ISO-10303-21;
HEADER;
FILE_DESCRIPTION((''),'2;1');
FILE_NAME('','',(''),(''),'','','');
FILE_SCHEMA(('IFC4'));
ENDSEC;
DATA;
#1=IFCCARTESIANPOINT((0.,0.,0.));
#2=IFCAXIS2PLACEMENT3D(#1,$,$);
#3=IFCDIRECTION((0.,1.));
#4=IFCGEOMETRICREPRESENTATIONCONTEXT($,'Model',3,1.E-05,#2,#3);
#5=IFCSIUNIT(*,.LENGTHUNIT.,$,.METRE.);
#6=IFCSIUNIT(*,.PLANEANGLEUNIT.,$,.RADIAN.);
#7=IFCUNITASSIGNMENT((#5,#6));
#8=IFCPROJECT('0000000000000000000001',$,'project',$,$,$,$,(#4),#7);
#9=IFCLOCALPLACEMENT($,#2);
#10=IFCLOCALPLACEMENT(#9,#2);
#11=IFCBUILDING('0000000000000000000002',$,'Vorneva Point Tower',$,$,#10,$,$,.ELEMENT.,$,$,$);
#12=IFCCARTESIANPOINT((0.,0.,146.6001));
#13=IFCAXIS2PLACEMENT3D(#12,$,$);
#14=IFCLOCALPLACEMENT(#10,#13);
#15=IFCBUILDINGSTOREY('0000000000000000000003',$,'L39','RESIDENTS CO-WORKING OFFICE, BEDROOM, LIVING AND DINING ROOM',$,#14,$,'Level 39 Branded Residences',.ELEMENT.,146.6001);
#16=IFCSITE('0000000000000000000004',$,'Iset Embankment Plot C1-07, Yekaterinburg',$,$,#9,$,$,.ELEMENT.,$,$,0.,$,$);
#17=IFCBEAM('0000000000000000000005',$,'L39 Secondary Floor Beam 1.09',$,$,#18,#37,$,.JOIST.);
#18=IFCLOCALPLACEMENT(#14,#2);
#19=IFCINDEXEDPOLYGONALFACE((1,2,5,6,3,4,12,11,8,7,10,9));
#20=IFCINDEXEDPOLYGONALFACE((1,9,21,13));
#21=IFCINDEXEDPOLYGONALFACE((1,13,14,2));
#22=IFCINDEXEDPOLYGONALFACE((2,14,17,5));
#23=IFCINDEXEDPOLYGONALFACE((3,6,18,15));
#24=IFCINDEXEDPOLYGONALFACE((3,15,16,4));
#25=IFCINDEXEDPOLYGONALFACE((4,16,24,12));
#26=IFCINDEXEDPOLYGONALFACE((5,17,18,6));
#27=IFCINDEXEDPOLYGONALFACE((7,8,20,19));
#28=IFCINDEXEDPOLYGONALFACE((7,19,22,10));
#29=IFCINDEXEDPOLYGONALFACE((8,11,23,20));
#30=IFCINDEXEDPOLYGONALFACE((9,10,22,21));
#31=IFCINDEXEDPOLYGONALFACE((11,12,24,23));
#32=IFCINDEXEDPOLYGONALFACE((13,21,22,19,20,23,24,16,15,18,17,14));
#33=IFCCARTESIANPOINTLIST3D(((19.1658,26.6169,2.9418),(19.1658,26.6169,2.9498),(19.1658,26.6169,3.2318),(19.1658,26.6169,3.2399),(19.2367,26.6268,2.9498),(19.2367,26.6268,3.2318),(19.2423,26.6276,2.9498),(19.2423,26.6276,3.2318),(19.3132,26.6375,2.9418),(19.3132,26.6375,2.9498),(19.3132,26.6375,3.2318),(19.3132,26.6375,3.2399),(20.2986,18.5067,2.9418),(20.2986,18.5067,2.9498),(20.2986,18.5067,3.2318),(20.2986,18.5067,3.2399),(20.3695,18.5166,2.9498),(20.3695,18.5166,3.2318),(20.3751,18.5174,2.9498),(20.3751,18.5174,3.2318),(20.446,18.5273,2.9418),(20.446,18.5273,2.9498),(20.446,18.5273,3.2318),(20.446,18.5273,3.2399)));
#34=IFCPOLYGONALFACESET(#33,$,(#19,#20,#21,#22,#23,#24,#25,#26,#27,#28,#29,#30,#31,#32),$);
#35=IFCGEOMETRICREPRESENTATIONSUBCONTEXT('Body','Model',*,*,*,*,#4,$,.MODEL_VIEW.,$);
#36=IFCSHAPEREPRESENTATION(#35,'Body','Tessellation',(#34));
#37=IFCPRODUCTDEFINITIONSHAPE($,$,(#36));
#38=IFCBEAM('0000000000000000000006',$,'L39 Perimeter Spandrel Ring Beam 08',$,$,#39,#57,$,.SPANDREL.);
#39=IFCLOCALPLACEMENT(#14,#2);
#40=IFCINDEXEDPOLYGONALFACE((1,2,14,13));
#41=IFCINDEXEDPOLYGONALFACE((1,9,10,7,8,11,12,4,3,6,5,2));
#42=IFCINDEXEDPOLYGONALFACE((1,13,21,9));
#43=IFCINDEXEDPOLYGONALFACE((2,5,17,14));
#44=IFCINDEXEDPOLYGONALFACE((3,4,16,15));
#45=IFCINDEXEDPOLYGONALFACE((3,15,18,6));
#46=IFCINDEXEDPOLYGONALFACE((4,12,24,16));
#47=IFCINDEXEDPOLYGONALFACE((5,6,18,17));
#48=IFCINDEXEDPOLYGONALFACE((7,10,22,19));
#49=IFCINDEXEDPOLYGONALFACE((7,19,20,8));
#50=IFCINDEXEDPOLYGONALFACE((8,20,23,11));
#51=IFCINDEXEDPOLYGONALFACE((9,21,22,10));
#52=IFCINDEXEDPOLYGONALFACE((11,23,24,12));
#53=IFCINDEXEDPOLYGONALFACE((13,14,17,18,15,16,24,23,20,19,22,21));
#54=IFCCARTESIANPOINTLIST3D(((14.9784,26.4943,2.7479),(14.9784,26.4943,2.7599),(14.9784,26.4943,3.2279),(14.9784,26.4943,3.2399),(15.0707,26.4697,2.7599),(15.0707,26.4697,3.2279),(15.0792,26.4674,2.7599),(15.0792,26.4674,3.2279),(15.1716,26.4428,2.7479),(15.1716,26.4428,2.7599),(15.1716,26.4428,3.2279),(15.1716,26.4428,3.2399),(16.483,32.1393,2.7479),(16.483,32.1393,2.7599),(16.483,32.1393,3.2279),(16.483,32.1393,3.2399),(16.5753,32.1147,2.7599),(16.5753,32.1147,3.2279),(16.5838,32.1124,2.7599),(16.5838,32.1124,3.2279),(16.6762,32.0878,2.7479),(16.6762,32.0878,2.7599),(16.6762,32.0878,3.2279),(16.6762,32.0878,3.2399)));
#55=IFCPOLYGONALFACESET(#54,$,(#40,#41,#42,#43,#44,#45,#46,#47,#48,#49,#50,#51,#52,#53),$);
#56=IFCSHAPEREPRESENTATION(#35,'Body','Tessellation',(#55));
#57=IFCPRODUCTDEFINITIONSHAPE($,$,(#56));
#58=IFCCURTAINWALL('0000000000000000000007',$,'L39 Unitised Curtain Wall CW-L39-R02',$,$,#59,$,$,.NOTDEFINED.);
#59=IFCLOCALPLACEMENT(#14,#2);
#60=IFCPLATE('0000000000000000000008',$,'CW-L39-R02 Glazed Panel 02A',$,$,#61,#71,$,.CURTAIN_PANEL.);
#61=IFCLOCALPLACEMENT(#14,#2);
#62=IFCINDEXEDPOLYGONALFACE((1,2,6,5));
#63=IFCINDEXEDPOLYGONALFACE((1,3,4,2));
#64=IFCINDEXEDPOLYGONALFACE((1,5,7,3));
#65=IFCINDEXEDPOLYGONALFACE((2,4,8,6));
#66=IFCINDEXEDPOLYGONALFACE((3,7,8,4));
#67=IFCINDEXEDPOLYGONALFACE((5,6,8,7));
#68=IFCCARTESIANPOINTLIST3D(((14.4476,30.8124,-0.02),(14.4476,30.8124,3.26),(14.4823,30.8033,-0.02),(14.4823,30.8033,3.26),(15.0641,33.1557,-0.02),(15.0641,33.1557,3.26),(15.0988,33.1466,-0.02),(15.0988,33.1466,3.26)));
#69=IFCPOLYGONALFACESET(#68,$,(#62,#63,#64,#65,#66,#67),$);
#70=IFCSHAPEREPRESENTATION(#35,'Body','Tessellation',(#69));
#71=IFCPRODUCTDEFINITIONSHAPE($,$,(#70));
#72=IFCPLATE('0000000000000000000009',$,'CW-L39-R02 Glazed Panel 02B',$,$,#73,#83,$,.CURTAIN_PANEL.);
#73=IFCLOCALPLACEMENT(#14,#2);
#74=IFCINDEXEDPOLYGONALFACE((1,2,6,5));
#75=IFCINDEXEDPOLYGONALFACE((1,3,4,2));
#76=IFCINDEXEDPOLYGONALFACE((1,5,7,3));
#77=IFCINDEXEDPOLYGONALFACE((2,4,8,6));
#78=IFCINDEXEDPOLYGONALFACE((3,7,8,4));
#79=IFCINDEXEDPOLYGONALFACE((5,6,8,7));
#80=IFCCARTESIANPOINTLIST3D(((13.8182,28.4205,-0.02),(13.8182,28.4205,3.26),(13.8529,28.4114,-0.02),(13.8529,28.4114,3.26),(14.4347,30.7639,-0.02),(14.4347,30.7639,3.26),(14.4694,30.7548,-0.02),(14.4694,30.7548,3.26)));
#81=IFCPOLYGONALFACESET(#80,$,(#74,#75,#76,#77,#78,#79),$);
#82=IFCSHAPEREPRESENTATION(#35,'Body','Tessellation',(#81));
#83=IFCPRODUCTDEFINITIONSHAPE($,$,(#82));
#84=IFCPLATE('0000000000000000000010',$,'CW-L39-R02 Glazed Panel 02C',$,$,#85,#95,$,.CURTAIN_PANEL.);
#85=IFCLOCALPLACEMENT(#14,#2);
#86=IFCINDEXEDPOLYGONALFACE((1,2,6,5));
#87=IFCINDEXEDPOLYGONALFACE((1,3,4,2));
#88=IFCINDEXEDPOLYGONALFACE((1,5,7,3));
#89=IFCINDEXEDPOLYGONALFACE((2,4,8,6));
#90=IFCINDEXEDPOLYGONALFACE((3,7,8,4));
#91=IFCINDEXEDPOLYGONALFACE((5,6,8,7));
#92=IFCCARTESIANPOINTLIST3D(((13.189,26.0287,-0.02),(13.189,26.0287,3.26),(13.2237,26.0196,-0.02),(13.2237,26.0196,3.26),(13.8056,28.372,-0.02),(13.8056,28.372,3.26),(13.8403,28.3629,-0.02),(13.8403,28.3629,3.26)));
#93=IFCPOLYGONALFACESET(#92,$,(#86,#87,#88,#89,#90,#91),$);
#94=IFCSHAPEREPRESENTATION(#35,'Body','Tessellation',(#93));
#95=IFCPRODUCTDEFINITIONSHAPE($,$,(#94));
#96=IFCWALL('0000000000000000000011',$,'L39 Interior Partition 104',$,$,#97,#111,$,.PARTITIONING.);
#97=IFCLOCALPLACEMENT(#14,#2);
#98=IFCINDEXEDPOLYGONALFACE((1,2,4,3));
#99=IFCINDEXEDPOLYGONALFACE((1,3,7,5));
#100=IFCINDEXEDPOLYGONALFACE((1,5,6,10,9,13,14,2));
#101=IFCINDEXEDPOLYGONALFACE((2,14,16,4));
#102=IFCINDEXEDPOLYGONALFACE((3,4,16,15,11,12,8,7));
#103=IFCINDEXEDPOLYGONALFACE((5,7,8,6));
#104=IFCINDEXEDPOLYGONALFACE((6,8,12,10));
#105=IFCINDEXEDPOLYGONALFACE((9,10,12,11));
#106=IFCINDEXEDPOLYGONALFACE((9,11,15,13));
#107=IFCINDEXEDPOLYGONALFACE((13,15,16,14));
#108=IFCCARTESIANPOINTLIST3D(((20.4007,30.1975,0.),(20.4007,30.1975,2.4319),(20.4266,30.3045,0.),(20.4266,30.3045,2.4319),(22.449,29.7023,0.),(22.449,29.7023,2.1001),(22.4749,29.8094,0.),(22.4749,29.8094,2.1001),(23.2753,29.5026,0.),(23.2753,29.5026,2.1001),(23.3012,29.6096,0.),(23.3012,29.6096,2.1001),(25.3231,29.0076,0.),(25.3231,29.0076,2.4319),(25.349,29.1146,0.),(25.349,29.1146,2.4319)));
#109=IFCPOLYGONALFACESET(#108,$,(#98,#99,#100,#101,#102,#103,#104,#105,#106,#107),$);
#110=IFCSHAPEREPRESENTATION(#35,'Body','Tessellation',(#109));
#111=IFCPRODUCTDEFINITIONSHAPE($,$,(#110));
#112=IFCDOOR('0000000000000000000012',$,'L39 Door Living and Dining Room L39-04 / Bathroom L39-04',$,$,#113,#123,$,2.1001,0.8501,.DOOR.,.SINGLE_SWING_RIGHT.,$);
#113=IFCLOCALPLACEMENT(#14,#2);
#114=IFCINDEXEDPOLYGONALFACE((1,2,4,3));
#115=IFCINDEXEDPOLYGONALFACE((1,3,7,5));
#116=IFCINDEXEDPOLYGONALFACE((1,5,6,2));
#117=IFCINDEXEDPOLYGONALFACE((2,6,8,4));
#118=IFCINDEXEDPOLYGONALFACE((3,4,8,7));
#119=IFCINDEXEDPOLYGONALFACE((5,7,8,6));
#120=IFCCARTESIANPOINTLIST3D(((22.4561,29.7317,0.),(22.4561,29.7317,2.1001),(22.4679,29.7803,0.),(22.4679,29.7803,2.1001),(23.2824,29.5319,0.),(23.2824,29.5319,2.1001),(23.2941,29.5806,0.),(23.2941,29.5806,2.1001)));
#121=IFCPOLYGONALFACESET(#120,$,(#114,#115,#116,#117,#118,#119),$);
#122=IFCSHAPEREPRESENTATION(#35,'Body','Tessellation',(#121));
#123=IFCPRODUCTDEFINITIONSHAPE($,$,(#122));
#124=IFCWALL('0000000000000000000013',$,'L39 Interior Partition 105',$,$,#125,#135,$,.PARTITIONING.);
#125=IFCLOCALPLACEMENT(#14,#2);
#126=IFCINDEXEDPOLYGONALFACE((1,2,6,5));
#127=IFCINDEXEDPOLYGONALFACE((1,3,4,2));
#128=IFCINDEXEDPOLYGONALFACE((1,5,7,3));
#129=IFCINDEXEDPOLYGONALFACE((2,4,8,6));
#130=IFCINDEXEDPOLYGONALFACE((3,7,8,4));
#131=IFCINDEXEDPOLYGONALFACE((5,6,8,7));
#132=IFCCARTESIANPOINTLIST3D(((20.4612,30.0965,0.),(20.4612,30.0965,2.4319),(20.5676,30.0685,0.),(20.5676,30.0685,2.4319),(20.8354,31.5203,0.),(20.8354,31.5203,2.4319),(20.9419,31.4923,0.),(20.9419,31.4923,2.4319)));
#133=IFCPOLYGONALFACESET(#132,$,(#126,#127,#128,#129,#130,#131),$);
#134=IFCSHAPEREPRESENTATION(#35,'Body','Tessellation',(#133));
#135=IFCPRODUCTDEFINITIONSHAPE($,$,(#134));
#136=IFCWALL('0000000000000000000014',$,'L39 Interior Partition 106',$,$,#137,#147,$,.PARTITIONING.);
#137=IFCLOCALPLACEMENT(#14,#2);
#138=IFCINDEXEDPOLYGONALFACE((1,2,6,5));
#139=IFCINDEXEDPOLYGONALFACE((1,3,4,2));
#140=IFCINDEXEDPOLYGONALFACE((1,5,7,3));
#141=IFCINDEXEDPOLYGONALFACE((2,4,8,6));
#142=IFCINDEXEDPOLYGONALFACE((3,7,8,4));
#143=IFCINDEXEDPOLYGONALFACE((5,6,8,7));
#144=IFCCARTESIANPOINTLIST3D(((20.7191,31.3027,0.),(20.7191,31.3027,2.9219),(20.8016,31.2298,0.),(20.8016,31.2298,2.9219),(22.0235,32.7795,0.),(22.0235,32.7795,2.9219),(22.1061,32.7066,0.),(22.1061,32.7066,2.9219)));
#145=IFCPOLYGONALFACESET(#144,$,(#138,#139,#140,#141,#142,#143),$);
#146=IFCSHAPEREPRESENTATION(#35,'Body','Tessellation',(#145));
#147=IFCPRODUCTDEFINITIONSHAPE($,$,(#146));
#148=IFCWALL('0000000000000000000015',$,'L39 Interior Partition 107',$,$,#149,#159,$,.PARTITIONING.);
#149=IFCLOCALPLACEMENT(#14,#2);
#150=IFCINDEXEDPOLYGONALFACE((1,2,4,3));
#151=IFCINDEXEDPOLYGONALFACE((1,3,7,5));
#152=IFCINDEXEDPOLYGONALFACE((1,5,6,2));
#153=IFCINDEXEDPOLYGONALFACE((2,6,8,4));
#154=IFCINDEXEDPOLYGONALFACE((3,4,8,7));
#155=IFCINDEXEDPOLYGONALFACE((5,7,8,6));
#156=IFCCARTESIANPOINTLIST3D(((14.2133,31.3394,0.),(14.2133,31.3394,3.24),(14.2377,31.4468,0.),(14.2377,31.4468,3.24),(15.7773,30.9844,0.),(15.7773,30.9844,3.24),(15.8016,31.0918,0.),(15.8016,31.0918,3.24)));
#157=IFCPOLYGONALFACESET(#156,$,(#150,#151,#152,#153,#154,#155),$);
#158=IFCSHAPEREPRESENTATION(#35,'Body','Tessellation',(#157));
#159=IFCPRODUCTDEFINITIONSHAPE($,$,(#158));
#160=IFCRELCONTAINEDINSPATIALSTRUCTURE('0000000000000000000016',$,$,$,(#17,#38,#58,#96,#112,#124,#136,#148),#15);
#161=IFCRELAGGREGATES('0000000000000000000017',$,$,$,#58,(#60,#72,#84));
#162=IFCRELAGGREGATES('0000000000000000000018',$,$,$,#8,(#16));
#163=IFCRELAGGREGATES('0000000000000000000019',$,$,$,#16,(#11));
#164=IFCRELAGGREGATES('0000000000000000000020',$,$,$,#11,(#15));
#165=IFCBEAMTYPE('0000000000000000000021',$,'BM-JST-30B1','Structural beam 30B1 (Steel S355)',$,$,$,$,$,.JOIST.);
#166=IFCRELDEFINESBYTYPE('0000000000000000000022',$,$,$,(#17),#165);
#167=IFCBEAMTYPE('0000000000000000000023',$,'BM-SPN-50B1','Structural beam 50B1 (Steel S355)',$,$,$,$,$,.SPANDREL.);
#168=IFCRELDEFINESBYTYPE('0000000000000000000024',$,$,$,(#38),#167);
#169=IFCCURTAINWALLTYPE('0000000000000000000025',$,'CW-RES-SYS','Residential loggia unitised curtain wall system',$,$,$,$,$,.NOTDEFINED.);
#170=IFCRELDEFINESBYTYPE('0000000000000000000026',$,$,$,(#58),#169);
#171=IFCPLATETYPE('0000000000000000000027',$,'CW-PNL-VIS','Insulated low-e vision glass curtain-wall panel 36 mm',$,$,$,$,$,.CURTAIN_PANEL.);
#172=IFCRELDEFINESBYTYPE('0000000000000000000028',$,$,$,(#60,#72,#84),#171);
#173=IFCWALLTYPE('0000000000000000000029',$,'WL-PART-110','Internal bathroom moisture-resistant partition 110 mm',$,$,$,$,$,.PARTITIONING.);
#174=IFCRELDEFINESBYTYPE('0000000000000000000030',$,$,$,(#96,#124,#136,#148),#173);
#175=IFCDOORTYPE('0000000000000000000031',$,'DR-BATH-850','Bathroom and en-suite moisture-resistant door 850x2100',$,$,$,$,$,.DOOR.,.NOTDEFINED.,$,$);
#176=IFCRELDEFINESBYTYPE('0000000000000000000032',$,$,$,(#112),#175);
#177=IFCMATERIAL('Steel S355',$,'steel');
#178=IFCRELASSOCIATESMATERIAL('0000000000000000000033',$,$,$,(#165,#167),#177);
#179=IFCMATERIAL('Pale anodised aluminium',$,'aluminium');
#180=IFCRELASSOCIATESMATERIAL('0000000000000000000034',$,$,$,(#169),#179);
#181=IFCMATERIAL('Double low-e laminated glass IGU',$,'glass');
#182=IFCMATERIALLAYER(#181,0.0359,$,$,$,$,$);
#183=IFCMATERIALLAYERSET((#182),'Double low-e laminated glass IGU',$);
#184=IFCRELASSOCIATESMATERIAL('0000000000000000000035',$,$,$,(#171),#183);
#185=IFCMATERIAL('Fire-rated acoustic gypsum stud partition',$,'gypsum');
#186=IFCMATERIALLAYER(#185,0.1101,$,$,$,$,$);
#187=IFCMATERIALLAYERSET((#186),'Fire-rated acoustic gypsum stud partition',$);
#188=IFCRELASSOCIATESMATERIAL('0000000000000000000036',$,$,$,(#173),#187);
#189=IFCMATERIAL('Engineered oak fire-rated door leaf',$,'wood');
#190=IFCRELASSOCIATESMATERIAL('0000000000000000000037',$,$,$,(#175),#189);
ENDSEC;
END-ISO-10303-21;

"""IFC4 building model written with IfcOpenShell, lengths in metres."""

from ifc_helpers import new_model, si_unit, direction, frame, frame_2d, origin, origin_2d, place, context, subcontext, project, spatial, rectangle, i_section, extrude, material, layer, layer_set, material_profile, profile_set, type_object, element, fill, aggregate, save


model = new_model("IFC4")

# Units and contexts
model_context = context("Model", 3, precision=1e-05, world=origin(), true_north=direction((0.0, 1.0)))
body_context = subcontext(model_context, "Body", "Model", "MODEL_VIEW")
ifc_project = project(units=[si_unit("LENGTHUNIT", "METRE"), si_unit("PLANEANGLEUNIT", "RADIAN")], contexts=[model_context])

# Site, building, storey
site_placement = place(None, origin())
site = spatial("IfcSite", under=ifc_project, at=site_placement, Name="Iset Embankment Plot C1-07, Yekaterinburg", CompositionType="ELEMENT", RefElevation=0.0)
building_placement = place(site_placement, origin())
building = spatial("IfcBuilding", under=site, at=building_placement, Name="Vorneva Point Tower", CompositionType="ELEMENT")
storey_placement = place(building_placement, frame((0.0, 0.0, 146.6001)))
storey = spatial("IfcBuildingStorey", under=building, at=storey_placement, Name="L39", Description="RESIDENTS CO-WORKING OFFICE, BEDROOM, LIVING AND DINING ROOM", LongName="Level 39 Branded Residences", CompositionType="ELEMENT", Elevation=146.6001)

# Beams
ifc_material_1 = material(Name="Steel S355", Category="steel")
ifc_material_profile_1 = material_profile(ifc_material_1, i_section(OverallWidth=0.1489, OverallDepth=0.2981, WebThickness=0.0056, FlangeThickness=0.0081, at=origin_2d()), Name="30B1")
ifc_profile_set_1 = profile_set([ifc_material_profile_1], Name="Steel S355")
beam_type_1 = type_object("IfcBeamType", Name="BM-JST-30B1", Description="Structural beam 30B1 (Steel S355)", PredefinedType="JOIST", material=ifc_profile_set_1)
beam_1_placement = place(storey_placement, frame((19.2395, 26.6272, 3.0908), z_axis=(0.138332, -0.990386, 0.0), x_axis=(0.990386, 0.138332, 0.0)))
element("IfcBeam", 1, at=beam_1_placement, inside=storey, type_object=beam_type_1, Name="L39 Secondary Floor Beam 1.09", PredefinedType="JOIST", context=body_context, shape_type="SweptSolid", body=[
    extrude(i_section(OverallWidth=0.1489, OverallDepth=0.2981, WebThickness=0.0056, FlangeThickness=0.0081, at=origin_2d()), origin(), (0.0, 0.0, 1.0), 8.189),
])
ifc_material_profile_2 = material_profile(ifc_material_1, i_section(OverallWidth=0.2, OverallDepth=0.4919, WebThickness=0.0088, FlangeThickness=0.012, at=origin_2d()), Name="50B1")
ifc_profile_set_2 = profile_set([ifc_material_profile_2], Name="Steel S355")
beam_type_2 = type_object("IfcBeamType", Name="BM-SPN-50B1", Description="Structural beam 50B1 (Steel S355)", PredefinedType="SPANDREL", material=ifc_profile_set_2)
beam_2_placement = place(storey_placement, frame((16.5796, 32.1135, 2.9939), z_axis=(-0.257551, -0.966265, 0.0), x_axis=(0.966265, -0.257551, 0.0)))
element("IfcBeam", 2, at=beam_2_placement, inside=storey, type_object=beam_type_2, Name="L39 Perimeter Spandrel Ring Beam 08", PredefinedType="SPANDREL", context=body_context, shape_type="SweptSolid", body=[
    extrude(i_section(OverallWidth=0.2, OverallDepth=0.4919, WebThickness=0.0088, FlangeThickness=0.012, at=origin_2d()), origin(), (0.0, 0.0, 1.0), 5.842),
])

# Curtain wall, plates
ifc_material_2 = material(Name="Pale anodised aluminium", Category="aluminium")
curtain_wall_type = type_object("IfcCurtainWallType", Name="CW-RES-SYS", Description="Residential loggia unitised curtain wall system", PredefinedType="NOTDEFINED", material=ifc_material_2)
curtain_wall_placement = place(storey_placement, origin())
curtain_wall = element("IfcCurtainWall", 3, at=curtain_wall_placement, inside=storey, type_object=curtain_wall_type, Name="L39 Unitised Curtain Wall CW-L39-R02", PredefinedType="NOTDEFINED")
ifc_material_3 = material(Name="Double low-e laminated glass IGU", Category="glass")
ifc_layer_1 = layer(ifc_material_3, 0.0359)
ifc_layer_set_1 = layer_set([ifc_layer_1], Name="Double low-e laminated glass IGU")
plate_type = type_object("IfcPlateType", Name="CW-PNL-VIS", Description="Insulated low-e vision glass curtain-wall panel 36 mm", PredefinedType="CURTAIN_PANEL", material=ifc_layer_set_1)
plate_1_placement = place(storey_placement, frame((14.7732, 31.9795, -0.02), z_axis=(0.0, 0.0, 1.0), x_axis=(-0.254433, -0.96709, 0.0)))
plate_1 = element("IfcPlate", 4, at=plate_1_placement, type_object=plate_type, Name="CW-L39-R02 Glazed Panel 02A", PredefinedType="CURTAIN_PANEL", context=body_context, shape_type="SweptSolid", body=[
    extrude(rectangle(XDim=2.4231, YDim=0.0359, at=origin_2d()), origin(), (0.0, 0.0, 1.0), 3.28),
])
plate_2_placement = place(storey_placement, frame((14.1438, 29.5876, -0.02), z_axis=(0.0, 0.0, 1.0), x_axis=(-0.254433, -0.96709, 0.0)))
plate_2 = element("IfcPlate", 5, at=plate_2_placement, type_object=plate_type, Name="CW-L39-R02 Glazed Panel 02B", PredefinedType="CURTAIN_PANEL", context=body_context, shape_type="SweptSolid", body=[
    extrude(rectangle(XDim=2.4231, YDim=0.0359, at=origin_2d()), origin(), (0.0, 0.0, 1.0), 3.28),
])
plate_3_placement = place(storey_placement, frame((13.5146, 27.1958, -0.02), z_axis=(0.0, 0.0, 1.0), x_axis=(-0.254433, -0.96709, 0.0)))
plate_3 = element("IfcPlate", 6, at=plate_3_placement, type_object=plate_type, Name="CW-L39-R02 Glazed Panel 02C", PredefinedType="CURTAIN_PANEL", context=body_context, shape_type="SweptSolid", body=[
    extrude(rectangle(XDim=2.4231, YDim=0.0359, at=origin_2d()), origin(), (0.0, 0.0, 1.0), 3.28),
])
aggregate(curtain_wall, [plate_1, plate_2, plate_3])

# Wall, opening, door
ifc_material_4 = material(Name="Fire-rated acoustic gypsum stud partition", Category="gypsum")
ifc_layer_2 = layer(ifc_material_4, 0.1101)
ifc_layer_set_2 = layer_set([ifc_layer_2], Name="Fire-rated acoustic gypsum stud partition")
wall_type_1 = type_object("IfcWallType", Name="WL-PART-110", Description="Internal bathroom moisture-resistant partition 110 mm", PredefinedType="PARTITIONING", material=ifc_layer_set_2)
wall_1_placement = place(storey_placement, frame((25.3362, 29.061, 0.0), z_axis=(0.0, 0.0, 1.0), x_axis=(-0.972002, 0.234974, 0.0)))
wall_1 = element("IfcWall", 7, at=wall_1_placement, inside=storey, type_object=wall_type_1, Name="L39 Interior Partition 104", PredefinedType="PARTITIONING", context=body_context, shape_type="SweptSolid", body=[
    extrude(rectangle(XDim=5.0642, YDim=0.1101, at=frame_2d((2.5322, 0.0))), origin(), (0.0, 0.0, 1.0), 2.4319),
])
opening_1_placement = place(wall_1_placement, frame((2.1069, 0.0, 0.0)))
opening_1 = element("IfcOpeningElement", 8, at=opening_1_placement, cuts=wall_1, PredefinedType="OPENING", context=body_context, shape_type="SweptSolid", body=[
    extrude(rectangle(XDim=0.8501, YDim=2.1001, at=frame_2d((0.425, 1.05))), frame((0.0, 0.0698, 0.0), z_axis=(0.0, -1.0, 0.0), x_axis=(1.0, 0.0, 0.0)), (0.0, 0.0, 1.0), 0.1399),
])
ifc_material_5 = material(Name="Engineered oak fire-rated door leaf", Category="wood")
door_type_1 = type_object("IfcDoorType", Name="DR-BATH-850", Description="Bathroom and en-suite moisture-resistant door 850x2100", OperationType="NOTDEFINED", PredefinedType="DOOR", material=ifc_material_5)
door_1_placement = place(opening_1_placement, origin())
door_1 = element("IfcDoor", 9, at=door_1_placement, inside=storey, type_object=door_type_1, Name="L39 Door Living and Dining Room L39-04 / Bathroom L39-04", OperationType="SINGLE_SWING_RIGHT", OverallHeight=2.1001, OverallWidth=0.8501, PredefinedType="DOOR", context=body_context, shape_type="SweptSolid", body=[
    extrude(rectangle(XDim=0.8501, YDim=2.1001, at=frame_2d((0.425, 1.05))), frame((0.0, 0.0249, 0.0), z_axis=(0.0, -1.0, 0.0), x_axis=(1.0, 0.0, 0.0)), (0.0, 0.0, 1.0), 0.05),
])
fill(opening_1, door_1)

# Walls
wall_2_placement = place(storey_placement, frame((20.5144, 30.0825, 0.0), z_axis=(0.0, 0.0, 1.0), x_axis=(0.254224, 0.967145, 0.0)))
element("IfcWall", 10, at=wall_2_placement, inside=storey, type_object=wall_type_1, Name="L39 Interior Partition 105", PredefinedType="PARTITIONING", context=body_context, shape_type="SweptSolid", body=[
    extrude(rectangle(XDim=1.4722, YDim=0.1101, at=frame_2d((0.7361, 0.0))), origin(), (0.0, 0.0, 1.0), 2.4319),
])
wall_3_placement = place(storey_placement, frame((20.7603, 31.2661, 0.0), z_axis=(0.0, 0.0, 1.0), x_axis=(0.662015, 0.749491, 0.0)))
element("IfcWall", 11, at=wall_3_placement, inside=storey, type_object=wall_type_1, Name="L39 Interior Partition 106", PredefinedType="PARTITIONING", context=body_context, shape_type="SweptSolid", body=[
    extrude(rectangle(XDim=1.9705, YDim=0.1101, at=frame_2d((0.9854, 0.0))), origin(), (0.0, 0.0, 1.0), 2.9219),
])
wall_4_placement = place(storey_placement, frame((14.2256, 31.3931, 0.0), z_axis=(0.0, 0.0, 1.0), x_axis=(0.975196, -0.221345, 0.0)))
element("IfcWall", 12, at=wall_4_placement, inside=storey, type_object=wall_type_1, Name="L39 Interior Partition 107", PredefinedType="PARTITIONING", context=body_context, shape_type="SweptSolid", body=[
    extrude(rectangle(XDim=1.6038, YDim=0.1101, at=frame_2d((0.8018, 0.0))), origin(), (0.0, 0.0, 1.0), 3.24),
])

save(model, "model.ifc")
